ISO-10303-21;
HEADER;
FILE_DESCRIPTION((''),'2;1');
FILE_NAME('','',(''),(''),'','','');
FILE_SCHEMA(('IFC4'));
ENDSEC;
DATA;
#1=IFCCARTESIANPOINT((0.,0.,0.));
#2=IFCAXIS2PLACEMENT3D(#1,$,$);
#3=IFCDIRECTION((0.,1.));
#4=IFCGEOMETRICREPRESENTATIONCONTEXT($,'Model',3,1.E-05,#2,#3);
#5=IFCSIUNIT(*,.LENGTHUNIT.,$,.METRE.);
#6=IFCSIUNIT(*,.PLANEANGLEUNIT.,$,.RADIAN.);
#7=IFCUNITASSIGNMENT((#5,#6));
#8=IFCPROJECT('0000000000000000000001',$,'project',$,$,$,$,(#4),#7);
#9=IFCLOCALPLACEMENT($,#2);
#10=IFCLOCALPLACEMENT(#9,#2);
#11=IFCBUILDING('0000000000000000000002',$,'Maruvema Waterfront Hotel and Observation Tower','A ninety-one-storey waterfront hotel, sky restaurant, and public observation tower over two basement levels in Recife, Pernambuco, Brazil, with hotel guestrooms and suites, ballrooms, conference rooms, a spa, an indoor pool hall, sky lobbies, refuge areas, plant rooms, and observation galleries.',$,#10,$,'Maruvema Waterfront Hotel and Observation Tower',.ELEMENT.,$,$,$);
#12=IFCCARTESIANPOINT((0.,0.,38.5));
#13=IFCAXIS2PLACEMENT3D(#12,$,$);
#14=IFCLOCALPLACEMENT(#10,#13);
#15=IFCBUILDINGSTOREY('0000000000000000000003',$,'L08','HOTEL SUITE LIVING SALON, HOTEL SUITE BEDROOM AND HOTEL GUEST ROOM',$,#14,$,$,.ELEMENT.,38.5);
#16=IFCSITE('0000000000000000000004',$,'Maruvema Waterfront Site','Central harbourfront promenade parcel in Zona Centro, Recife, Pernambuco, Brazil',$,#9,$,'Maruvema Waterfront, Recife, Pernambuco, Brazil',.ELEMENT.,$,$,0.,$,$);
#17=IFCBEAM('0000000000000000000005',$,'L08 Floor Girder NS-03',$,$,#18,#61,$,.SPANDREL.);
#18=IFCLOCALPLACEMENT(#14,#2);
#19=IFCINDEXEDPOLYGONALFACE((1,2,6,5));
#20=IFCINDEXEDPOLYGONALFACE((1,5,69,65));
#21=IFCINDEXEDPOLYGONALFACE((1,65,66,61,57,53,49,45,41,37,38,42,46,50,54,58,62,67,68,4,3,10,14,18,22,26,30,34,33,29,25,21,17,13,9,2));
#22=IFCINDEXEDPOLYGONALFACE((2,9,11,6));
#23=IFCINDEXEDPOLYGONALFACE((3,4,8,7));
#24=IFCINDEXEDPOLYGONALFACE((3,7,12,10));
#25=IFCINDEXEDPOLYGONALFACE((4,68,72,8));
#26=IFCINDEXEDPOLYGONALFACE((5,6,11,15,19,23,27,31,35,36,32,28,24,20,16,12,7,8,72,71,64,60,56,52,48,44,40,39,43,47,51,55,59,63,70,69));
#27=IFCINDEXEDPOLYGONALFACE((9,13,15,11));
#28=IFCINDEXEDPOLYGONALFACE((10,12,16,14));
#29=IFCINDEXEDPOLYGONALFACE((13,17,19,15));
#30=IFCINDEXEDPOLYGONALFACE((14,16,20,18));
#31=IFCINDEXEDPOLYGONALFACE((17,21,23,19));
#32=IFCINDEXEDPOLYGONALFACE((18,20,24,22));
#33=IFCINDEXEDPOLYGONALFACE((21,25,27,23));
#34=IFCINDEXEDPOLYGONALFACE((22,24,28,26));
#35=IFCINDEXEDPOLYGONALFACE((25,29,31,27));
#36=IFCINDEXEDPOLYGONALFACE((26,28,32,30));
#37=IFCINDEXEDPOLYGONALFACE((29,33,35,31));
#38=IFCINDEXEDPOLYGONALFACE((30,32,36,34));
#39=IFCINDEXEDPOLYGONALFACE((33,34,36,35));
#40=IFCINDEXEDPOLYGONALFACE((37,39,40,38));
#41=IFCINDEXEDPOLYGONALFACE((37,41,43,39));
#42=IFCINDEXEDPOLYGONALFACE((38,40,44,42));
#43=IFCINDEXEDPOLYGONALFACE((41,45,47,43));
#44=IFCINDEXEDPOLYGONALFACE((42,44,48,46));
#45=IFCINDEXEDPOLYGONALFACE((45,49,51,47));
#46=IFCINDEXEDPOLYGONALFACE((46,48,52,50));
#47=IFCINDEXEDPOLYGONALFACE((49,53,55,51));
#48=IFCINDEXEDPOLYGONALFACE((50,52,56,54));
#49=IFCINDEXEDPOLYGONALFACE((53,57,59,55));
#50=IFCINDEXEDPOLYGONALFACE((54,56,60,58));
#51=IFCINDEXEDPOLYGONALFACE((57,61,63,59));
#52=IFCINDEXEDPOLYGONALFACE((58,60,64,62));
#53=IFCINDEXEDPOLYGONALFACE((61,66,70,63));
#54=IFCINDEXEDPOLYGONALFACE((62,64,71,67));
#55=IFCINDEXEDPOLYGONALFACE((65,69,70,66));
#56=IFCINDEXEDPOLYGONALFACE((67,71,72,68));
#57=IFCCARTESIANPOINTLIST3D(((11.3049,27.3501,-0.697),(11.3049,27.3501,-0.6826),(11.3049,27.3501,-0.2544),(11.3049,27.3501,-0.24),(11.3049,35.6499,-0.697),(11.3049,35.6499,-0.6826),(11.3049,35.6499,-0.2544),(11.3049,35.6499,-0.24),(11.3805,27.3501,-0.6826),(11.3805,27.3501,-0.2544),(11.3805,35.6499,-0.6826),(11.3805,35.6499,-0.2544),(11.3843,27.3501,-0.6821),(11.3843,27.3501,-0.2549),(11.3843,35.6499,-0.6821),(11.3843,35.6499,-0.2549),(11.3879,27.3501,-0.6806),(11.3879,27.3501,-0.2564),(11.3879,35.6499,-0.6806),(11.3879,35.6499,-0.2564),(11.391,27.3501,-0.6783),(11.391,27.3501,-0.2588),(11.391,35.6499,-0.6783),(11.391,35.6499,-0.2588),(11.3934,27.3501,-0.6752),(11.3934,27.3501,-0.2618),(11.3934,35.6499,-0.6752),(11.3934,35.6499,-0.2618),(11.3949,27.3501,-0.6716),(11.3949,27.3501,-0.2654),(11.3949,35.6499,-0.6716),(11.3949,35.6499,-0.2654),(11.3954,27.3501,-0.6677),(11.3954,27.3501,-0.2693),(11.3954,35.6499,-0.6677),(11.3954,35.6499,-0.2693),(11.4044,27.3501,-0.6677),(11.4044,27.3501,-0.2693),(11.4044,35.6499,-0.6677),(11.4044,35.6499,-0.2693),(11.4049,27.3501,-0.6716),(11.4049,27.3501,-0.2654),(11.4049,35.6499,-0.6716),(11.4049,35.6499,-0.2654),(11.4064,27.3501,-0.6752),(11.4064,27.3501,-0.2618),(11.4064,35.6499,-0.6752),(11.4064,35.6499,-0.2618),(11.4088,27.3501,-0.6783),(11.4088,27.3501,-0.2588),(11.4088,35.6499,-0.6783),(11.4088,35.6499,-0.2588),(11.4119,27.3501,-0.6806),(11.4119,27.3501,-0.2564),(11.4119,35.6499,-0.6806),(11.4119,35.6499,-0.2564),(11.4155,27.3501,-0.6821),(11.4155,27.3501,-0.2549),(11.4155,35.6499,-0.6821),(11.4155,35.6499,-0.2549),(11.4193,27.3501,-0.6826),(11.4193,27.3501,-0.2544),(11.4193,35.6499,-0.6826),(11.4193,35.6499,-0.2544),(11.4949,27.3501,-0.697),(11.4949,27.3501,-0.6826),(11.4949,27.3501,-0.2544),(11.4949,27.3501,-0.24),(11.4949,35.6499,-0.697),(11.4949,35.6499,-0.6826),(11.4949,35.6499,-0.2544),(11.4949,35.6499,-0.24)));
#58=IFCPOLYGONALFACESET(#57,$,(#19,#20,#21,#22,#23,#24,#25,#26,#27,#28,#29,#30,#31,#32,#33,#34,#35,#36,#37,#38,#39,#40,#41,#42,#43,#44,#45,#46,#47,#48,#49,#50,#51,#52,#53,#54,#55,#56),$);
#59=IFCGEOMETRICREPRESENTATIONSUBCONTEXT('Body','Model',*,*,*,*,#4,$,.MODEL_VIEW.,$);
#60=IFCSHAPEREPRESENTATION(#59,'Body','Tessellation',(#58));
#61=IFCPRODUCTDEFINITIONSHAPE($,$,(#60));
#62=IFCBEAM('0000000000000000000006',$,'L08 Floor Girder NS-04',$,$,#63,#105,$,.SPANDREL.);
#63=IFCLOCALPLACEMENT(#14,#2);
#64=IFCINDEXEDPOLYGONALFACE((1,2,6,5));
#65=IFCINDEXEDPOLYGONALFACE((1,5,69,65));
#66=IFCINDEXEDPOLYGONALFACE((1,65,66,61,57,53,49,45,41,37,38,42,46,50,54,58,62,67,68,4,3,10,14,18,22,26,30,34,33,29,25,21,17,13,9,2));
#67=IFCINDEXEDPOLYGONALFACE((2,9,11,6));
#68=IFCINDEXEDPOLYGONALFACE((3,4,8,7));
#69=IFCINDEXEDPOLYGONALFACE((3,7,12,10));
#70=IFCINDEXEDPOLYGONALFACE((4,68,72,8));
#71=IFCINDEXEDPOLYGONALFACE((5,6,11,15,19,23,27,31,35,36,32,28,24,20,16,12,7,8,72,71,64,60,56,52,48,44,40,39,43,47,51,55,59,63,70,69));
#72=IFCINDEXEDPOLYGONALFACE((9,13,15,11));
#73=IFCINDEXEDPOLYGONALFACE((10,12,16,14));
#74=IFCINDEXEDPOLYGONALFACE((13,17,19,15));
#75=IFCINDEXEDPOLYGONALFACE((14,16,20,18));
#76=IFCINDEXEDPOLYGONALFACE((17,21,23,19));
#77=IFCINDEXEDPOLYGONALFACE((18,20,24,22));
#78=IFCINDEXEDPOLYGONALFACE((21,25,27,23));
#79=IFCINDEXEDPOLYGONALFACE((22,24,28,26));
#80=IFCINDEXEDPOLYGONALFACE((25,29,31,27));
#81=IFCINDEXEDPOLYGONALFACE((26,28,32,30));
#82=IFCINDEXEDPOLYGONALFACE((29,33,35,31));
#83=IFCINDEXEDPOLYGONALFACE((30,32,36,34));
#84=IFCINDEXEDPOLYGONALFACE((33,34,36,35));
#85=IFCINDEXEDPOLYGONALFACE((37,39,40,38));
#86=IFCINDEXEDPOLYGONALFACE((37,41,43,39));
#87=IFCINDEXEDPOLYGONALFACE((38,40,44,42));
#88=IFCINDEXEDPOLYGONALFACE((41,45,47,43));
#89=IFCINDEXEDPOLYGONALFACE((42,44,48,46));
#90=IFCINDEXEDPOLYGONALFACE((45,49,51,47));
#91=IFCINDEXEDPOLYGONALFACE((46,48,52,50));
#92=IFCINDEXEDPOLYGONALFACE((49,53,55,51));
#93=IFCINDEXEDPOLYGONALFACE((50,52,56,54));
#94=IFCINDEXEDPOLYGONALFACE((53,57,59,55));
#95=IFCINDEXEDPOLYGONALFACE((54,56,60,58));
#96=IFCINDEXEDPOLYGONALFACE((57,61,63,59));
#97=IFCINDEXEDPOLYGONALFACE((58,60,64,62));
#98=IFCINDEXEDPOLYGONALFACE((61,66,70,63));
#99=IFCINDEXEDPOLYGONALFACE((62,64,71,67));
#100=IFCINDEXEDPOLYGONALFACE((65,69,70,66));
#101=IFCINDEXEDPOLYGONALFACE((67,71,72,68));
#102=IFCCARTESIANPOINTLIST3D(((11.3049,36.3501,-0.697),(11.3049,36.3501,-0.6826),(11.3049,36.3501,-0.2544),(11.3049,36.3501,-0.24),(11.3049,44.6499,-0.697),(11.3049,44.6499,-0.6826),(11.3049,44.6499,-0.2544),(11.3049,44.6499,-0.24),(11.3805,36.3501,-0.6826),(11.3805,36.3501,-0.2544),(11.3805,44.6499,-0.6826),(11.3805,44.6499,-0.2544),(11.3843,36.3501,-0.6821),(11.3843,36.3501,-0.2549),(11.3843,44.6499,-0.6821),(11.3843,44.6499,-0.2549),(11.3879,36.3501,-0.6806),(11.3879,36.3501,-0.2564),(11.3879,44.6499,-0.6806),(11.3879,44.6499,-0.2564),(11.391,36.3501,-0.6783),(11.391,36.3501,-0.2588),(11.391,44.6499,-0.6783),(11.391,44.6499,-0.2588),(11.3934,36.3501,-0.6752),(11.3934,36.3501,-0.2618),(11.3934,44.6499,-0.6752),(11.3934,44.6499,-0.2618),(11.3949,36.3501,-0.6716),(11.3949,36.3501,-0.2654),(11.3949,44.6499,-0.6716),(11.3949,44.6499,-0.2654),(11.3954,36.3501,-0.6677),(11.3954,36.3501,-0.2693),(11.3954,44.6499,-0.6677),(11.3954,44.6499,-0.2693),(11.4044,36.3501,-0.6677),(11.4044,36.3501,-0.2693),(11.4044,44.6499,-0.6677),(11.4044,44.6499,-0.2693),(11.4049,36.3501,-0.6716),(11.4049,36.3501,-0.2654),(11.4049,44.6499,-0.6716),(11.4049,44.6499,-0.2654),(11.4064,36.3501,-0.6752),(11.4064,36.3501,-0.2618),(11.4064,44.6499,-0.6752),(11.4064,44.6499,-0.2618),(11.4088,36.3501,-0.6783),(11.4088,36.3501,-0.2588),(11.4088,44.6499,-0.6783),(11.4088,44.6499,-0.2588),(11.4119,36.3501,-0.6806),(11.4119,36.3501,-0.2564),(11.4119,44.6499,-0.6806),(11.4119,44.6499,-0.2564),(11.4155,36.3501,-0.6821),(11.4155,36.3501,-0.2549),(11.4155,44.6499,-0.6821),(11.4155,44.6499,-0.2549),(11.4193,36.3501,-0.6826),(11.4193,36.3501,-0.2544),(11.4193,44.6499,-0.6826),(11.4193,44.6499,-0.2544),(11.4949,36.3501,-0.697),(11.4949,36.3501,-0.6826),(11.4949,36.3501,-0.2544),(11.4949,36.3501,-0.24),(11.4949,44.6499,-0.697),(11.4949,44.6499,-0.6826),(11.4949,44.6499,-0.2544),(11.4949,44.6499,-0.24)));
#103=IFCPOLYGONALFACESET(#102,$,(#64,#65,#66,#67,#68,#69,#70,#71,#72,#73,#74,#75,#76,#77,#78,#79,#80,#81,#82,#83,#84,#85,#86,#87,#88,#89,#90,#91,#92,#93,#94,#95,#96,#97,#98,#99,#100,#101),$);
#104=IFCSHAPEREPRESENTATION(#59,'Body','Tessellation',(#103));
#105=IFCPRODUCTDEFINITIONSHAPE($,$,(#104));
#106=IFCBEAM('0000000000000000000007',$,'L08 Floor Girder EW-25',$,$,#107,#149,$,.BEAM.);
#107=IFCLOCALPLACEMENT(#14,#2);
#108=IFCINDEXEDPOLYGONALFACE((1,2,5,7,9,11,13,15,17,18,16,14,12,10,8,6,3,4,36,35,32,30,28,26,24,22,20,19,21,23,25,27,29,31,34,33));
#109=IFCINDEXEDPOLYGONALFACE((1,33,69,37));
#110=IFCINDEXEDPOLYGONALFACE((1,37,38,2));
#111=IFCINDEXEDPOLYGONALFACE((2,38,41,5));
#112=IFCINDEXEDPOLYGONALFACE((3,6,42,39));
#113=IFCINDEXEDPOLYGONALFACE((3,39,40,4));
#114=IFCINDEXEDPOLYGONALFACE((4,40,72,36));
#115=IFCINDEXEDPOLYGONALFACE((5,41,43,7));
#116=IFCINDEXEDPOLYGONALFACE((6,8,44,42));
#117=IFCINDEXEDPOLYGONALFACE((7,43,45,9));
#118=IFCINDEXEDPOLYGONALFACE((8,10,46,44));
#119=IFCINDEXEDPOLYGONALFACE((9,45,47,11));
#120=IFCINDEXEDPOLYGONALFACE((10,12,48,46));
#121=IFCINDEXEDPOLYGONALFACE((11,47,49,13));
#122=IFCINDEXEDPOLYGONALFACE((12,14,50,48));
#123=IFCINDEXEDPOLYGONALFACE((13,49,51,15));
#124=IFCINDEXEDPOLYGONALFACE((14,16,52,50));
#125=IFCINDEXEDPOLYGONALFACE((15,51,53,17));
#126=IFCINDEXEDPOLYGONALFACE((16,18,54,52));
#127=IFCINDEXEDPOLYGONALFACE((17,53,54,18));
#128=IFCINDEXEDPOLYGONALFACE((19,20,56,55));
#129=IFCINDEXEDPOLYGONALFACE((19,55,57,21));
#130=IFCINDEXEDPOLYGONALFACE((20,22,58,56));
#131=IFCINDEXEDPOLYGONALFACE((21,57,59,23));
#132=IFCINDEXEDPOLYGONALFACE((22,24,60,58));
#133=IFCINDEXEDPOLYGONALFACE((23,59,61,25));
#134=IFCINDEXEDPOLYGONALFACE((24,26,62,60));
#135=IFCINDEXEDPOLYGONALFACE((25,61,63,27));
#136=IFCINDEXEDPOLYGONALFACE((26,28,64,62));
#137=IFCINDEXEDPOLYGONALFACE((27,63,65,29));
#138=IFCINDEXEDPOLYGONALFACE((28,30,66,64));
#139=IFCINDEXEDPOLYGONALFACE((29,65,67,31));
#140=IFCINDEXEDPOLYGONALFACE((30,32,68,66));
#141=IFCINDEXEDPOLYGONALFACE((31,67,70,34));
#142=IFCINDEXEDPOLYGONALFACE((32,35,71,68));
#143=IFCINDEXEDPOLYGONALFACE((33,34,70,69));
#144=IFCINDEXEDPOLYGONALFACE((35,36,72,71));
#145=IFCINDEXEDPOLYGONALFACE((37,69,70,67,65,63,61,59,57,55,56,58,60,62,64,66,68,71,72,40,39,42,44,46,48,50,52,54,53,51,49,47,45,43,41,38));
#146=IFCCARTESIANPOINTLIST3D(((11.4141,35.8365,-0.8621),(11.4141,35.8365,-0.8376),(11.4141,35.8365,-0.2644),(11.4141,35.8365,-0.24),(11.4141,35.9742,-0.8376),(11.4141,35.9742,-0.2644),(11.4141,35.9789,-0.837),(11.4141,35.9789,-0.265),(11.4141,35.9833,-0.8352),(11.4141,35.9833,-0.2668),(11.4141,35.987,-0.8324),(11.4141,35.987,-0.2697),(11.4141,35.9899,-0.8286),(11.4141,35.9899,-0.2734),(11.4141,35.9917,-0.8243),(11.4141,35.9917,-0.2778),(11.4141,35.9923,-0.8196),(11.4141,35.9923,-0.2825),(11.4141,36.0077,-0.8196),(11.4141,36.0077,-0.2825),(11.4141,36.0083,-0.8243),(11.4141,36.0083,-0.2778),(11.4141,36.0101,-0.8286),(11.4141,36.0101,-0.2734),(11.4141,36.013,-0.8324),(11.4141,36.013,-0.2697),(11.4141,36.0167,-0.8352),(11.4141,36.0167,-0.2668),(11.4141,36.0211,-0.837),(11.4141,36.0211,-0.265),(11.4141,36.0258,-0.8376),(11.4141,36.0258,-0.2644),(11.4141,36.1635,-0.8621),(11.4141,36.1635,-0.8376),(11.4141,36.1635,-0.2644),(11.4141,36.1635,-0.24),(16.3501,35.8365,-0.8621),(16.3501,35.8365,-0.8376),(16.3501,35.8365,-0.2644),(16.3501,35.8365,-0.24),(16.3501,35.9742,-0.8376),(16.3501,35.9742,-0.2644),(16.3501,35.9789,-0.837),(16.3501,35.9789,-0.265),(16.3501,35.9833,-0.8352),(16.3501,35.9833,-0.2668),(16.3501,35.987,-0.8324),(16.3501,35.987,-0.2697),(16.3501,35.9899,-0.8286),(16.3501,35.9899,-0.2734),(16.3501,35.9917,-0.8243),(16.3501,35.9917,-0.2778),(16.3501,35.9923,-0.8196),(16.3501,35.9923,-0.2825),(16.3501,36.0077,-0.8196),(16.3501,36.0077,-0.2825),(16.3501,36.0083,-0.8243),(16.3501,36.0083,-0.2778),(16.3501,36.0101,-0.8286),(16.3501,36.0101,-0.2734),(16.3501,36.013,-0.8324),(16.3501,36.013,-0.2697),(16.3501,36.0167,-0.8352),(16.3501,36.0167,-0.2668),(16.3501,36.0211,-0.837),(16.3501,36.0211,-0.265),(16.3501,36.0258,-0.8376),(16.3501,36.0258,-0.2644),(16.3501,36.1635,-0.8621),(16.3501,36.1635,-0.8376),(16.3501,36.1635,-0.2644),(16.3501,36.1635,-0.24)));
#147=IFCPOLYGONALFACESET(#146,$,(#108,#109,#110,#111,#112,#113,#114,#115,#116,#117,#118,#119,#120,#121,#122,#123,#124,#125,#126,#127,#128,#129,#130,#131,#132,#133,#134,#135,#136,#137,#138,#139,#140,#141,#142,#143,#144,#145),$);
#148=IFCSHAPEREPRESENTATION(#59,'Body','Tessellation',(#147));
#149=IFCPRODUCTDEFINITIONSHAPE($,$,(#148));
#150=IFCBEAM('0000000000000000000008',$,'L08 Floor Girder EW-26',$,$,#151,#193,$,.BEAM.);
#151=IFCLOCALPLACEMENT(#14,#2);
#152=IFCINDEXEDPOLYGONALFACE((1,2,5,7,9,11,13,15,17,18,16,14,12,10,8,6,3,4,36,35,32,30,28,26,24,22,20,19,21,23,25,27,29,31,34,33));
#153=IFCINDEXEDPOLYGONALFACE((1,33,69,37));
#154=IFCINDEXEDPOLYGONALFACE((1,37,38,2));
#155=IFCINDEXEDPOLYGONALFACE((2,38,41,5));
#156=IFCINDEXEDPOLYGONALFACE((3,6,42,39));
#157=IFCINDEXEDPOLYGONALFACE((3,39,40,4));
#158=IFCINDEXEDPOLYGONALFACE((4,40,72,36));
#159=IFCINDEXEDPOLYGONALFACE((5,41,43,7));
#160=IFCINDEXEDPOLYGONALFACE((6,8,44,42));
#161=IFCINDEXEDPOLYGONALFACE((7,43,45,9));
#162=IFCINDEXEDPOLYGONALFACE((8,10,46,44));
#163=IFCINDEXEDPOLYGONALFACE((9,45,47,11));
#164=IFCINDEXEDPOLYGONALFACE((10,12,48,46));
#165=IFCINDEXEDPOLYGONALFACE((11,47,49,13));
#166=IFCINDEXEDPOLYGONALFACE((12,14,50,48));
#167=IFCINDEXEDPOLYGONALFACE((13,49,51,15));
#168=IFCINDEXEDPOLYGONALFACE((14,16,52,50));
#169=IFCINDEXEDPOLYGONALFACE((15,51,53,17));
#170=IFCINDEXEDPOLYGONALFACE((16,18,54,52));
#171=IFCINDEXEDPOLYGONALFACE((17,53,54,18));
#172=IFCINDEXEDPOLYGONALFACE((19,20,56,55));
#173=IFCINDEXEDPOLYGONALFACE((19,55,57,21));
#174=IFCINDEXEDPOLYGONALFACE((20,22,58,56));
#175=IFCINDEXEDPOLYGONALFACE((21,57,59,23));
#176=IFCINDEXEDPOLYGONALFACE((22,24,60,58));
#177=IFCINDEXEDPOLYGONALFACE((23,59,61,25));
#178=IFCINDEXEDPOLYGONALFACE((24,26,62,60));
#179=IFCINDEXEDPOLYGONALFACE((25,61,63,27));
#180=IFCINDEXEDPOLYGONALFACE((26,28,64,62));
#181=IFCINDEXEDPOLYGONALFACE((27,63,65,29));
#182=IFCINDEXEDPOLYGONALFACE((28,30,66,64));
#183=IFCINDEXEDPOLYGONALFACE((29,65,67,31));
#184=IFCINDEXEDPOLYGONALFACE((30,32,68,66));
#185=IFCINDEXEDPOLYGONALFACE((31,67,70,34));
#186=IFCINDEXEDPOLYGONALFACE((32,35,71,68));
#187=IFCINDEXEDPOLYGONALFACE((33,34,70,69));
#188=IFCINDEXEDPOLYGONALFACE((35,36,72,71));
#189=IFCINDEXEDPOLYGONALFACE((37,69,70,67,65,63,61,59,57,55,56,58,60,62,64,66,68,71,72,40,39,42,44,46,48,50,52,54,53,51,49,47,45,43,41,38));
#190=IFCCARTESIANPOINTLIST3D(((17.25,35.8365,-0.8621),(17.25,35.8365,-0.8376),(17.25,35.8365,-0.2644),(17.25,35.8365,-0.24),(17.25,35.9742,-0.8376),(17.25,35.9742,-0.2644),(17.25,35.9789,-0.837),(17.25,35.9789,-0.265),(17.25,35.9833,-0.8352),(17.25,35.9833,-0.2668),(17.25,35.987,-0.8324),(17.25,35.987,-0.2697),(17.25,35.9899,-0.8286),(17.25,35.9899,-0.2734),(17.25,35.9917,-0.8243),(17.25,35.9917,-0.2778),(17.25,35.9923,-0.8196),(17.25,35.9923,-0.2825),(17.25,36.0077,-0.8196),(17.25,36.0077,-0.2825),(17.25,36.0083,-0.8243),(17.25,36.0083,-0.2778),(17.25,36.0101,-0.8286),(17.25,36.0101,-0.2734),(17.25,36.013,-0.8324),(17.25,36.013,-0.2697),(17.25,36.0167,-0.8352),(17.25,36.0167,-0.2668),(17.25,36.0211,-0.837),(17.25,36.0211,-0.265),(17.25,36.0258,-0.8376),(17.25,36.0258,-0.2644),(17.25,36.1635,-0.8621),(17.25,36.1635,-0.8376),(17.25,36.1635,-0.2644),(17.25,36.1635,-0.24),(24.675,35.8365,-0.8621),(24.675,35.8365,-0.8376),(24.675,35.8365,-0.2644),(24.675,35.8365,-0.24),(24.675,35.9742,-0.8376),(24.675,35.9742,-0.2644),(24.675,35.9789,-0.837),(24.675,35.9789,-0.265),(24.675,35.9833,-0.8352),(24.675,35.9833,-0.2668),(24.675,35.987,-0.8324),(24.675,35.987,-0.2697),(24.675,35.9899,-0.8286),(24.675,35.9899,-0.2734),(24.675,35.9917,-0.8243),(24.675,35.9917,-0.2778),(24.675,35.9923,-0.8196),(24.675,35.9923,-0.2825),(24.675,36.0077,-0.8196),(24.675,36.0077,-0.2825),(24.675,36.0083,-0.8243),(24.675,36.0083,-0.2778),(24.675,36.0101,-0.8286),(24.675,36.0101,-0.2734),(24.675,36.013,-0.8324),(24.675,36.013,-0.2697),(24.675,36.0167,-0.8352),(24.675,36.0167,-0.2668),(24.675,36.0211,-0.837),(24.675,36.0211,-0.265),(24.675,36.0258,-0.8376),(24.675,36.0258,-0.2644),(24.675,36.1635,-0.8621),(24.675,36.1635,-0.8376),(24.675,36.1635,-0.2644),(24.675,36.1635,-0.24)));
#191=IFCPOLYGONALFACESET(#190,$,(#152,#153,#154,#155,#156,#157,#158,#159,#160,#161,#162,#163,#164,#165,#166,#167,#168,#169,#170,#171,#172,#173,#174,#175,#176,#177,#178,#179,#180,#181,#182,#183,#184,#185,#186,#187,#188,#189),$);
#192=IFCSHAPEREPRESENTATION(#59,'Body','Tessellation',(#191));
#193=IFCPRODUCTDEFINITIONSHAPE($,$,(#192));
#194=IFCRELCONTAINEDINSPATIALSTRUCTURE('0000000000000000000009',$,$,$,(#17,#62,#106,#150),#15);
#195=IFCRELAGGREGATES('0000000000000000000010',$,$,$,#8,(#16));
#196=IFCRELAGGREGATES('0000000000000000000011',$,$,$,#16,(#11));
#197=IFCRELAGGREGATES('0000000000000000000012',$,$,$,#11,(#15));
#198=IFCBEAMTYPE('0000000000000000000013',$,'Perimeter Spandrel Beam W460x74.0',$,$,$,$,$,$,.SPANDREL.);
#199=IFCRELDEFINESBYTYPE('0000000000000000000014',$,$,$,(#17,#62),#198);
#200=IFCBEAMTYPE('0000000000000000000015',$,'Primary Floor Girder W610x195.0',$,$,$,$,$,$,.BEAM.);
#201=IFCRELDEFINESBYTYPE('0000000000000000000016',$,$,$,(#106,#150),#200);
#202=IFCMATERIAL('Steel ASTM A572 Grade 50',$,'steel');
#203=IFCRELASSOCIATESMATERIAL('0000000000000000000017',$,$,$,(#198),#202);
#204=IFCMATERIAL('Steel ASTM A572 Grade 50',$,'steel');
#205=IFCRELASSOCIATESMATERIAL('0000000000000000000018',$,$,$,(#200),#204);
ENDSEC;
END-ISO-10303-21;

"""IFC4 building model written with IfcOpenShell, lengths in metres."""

from ifc_helpers import new_model, si_unit, direction, frame, origin, origin_2d, place, context, subcontext, project, spatial, i_section, extrude, material, material_profile, profile_set, type_object, element, save


model = new_model("IFC4")

# Units and contexts
model_context = context("Model", 3, precision=1e-05, world=origin(), true_north=direction((0.0, 1.0)))
body_context = subcontext(model_context, "Body", "Model", "MODEL_VIEW")
ifc_project = project(units=[si_unit("LENGTHUNIT", "METRE"), si_unit("PLANEANGLEUNIT", "RADIAN")], contexts=[model_context])

# Site, building, storey
site_placement = place(None, origin())
site = spatial("IfcSite", under=ifc_project, at=site_placement, Name="Maruvema Waterfront Site", Description="Central harbourfront promenade parcel in Zona Centro, Recife, Pernambuco, Brazil", LongName="Maruvema Waterfront, Recife, Pernambuco, Brazil", CompositionType="ELEMENT", RefElevation=0.0)
building_placement = place(site_placement, origin())
building = spatial("IfcBuilding", under=site, at=building_placement, Name="Maruvema Waterfront Hotel and Observation Tower", Description="A ninety-one-storey waterfront hotel, sky restaurant, and public observation tower over two basement levels in Recife, Pernambuco, Brazil, with hotel guestrooms and suites, ballrooms, conference rooms, a spa, an indoor pool hall, sky lobbies, refuge areas, plant rooms, and observation galleries.", LongName="Maruvema Waterfront Hotel and Observation Tower", CompositionType="ELEMENT")
storey_placement = place(building_placement, frame((0.0, 0.0, 38.5)))
storey = spatial("IfcBuildingStorey", under=building, at=storey_placement, Name="L08", Description="HOTEL SUITE LIVING SALON, HOTEL SUITE BEDROOM AND HOTEL GUEST ROOM", CompositionType="ELEMENT", Elevation=38.5)

# Beams
ifc_material_1 = material(Name="Steel ASTM A572 Grade 50", Category="steel")
ifc_material_profile_1 = material_profile(ifc_material_1, i_section(OverallWidth=0.1899, OverallDepth=0.457, WebThickness=0.009, FlangeThickness=0.0144, FilletRadius=0.0149, at=origin_2d()), Name="W460x74.0")
ifc_profile_set_1 = profile_set([ifc_material_profile_1], Name="Steel ASTM A572 Grade 50")
beam_type_1 = type_object("IfcBeamType", Name="Perimeter Spandrel Beam W460x74.0", PredefinedType="SPANDREL", material=ifc_profile_set_1)
for number, where, z_axis, x_axis, name in (
    (1, (11.3999, 27.3501, -0.4685), (0.0, 1.0, 0.0), (-1.0, 0.0, 0.0), "L08 Floor Girder NS-03"),
    (2, (11.3999, 36.3501, -0.4685), (0.0, 1.0, 0.0), (-1.0, 0.0, 0.0), "L08 Floor Girder NS-04"),
):
    element("IfcBeam", number, at=place(storey_placement, frame(where, z_axis=z_axis, x_axis=x_axis)), inside=storey, type_object=beam_type_1, Name=name, PredefinedType="SPANDREL", context=body_context, shape_type="SweptSolid", body=[
        extrude(i_section(OverallWidth=0.1899, OverallDepth=0.457, WebThickness=0.009, FlangeThickness=0.0144, FilletRadius=0.0149, at=origin_2d()), origin(), (0.0, 0.0, 1.0), 8.2998),
    ])
ifc_material_2 = material(Name="Steel ASTM A572 Grade 50", Category="steel")
ifc_material_profile_2 = material_profile(ifc_material_2, i_section(OverallWidth=0.3269, OverallDepth=0.6221, WebThickness=0.0154, FlangeThickness=0.0244, FilletRadius=0.0181, at=origin_2d()), Name="W610x195.0")
ifc_profile_set_2 = profile_set([ifc_material_profile_2], Name="Steel ASTM A572 Grade 50")
beam_type_2 = type_object("IfcBeamType", Name="Primary Floor Girder W610x195.0", PredefinedType="BEAM", material=ifc_profile_set_2)
beam_1_placement = place(storey_placement, frame((11.4141, 36.0, -0.551), z_axis=(1.0, 0.0, 0.0), x_axis=(0.0, 1.0, 0.0)))
element("IfcBeam", 3, at=beam_1_placement, inside=storey, type_object=beam_type_2, Name="L08 Floor Girder EW-25", PredefinedType="BEAM", context=body_context, shape_type="SweptSolid", body=[
    extrude(i_section(OverallWidth=0.3269, OverallDepth=0.6221, WebThickness=0.0154, FlangeThickness=0.0244, FilletRadius=0.0181, at=origin_2d()), origin(), (0.0, 0.0, 1.0), 4.936),
])
beam_2_placement = place(storey_placement, frame((17.25, 36.0, -0.551), z_axis=(1.0, 0.0, 0.0), x_axis=(0.0, 1.0, 0.0)))
element("IfcBeam", 4, at=beam_2_placement, inside=storey, type_object=beam_type_2, Name="L08 Floor Girder EW-26", PredefinedType="BEAM", context=body_context, shape_type="SweptSolid", body=[
    extrude(i_section(OverallWidth=0.3269, OverallDepth=0.6221, WebThickness=0.0154, FlangeThickness=0.0244, FilletRadius=0.0181, at=origin_2d()), origin(), (0.0, 0.0, 1.0), 7.425),
])

save(model, "model.ifc")
